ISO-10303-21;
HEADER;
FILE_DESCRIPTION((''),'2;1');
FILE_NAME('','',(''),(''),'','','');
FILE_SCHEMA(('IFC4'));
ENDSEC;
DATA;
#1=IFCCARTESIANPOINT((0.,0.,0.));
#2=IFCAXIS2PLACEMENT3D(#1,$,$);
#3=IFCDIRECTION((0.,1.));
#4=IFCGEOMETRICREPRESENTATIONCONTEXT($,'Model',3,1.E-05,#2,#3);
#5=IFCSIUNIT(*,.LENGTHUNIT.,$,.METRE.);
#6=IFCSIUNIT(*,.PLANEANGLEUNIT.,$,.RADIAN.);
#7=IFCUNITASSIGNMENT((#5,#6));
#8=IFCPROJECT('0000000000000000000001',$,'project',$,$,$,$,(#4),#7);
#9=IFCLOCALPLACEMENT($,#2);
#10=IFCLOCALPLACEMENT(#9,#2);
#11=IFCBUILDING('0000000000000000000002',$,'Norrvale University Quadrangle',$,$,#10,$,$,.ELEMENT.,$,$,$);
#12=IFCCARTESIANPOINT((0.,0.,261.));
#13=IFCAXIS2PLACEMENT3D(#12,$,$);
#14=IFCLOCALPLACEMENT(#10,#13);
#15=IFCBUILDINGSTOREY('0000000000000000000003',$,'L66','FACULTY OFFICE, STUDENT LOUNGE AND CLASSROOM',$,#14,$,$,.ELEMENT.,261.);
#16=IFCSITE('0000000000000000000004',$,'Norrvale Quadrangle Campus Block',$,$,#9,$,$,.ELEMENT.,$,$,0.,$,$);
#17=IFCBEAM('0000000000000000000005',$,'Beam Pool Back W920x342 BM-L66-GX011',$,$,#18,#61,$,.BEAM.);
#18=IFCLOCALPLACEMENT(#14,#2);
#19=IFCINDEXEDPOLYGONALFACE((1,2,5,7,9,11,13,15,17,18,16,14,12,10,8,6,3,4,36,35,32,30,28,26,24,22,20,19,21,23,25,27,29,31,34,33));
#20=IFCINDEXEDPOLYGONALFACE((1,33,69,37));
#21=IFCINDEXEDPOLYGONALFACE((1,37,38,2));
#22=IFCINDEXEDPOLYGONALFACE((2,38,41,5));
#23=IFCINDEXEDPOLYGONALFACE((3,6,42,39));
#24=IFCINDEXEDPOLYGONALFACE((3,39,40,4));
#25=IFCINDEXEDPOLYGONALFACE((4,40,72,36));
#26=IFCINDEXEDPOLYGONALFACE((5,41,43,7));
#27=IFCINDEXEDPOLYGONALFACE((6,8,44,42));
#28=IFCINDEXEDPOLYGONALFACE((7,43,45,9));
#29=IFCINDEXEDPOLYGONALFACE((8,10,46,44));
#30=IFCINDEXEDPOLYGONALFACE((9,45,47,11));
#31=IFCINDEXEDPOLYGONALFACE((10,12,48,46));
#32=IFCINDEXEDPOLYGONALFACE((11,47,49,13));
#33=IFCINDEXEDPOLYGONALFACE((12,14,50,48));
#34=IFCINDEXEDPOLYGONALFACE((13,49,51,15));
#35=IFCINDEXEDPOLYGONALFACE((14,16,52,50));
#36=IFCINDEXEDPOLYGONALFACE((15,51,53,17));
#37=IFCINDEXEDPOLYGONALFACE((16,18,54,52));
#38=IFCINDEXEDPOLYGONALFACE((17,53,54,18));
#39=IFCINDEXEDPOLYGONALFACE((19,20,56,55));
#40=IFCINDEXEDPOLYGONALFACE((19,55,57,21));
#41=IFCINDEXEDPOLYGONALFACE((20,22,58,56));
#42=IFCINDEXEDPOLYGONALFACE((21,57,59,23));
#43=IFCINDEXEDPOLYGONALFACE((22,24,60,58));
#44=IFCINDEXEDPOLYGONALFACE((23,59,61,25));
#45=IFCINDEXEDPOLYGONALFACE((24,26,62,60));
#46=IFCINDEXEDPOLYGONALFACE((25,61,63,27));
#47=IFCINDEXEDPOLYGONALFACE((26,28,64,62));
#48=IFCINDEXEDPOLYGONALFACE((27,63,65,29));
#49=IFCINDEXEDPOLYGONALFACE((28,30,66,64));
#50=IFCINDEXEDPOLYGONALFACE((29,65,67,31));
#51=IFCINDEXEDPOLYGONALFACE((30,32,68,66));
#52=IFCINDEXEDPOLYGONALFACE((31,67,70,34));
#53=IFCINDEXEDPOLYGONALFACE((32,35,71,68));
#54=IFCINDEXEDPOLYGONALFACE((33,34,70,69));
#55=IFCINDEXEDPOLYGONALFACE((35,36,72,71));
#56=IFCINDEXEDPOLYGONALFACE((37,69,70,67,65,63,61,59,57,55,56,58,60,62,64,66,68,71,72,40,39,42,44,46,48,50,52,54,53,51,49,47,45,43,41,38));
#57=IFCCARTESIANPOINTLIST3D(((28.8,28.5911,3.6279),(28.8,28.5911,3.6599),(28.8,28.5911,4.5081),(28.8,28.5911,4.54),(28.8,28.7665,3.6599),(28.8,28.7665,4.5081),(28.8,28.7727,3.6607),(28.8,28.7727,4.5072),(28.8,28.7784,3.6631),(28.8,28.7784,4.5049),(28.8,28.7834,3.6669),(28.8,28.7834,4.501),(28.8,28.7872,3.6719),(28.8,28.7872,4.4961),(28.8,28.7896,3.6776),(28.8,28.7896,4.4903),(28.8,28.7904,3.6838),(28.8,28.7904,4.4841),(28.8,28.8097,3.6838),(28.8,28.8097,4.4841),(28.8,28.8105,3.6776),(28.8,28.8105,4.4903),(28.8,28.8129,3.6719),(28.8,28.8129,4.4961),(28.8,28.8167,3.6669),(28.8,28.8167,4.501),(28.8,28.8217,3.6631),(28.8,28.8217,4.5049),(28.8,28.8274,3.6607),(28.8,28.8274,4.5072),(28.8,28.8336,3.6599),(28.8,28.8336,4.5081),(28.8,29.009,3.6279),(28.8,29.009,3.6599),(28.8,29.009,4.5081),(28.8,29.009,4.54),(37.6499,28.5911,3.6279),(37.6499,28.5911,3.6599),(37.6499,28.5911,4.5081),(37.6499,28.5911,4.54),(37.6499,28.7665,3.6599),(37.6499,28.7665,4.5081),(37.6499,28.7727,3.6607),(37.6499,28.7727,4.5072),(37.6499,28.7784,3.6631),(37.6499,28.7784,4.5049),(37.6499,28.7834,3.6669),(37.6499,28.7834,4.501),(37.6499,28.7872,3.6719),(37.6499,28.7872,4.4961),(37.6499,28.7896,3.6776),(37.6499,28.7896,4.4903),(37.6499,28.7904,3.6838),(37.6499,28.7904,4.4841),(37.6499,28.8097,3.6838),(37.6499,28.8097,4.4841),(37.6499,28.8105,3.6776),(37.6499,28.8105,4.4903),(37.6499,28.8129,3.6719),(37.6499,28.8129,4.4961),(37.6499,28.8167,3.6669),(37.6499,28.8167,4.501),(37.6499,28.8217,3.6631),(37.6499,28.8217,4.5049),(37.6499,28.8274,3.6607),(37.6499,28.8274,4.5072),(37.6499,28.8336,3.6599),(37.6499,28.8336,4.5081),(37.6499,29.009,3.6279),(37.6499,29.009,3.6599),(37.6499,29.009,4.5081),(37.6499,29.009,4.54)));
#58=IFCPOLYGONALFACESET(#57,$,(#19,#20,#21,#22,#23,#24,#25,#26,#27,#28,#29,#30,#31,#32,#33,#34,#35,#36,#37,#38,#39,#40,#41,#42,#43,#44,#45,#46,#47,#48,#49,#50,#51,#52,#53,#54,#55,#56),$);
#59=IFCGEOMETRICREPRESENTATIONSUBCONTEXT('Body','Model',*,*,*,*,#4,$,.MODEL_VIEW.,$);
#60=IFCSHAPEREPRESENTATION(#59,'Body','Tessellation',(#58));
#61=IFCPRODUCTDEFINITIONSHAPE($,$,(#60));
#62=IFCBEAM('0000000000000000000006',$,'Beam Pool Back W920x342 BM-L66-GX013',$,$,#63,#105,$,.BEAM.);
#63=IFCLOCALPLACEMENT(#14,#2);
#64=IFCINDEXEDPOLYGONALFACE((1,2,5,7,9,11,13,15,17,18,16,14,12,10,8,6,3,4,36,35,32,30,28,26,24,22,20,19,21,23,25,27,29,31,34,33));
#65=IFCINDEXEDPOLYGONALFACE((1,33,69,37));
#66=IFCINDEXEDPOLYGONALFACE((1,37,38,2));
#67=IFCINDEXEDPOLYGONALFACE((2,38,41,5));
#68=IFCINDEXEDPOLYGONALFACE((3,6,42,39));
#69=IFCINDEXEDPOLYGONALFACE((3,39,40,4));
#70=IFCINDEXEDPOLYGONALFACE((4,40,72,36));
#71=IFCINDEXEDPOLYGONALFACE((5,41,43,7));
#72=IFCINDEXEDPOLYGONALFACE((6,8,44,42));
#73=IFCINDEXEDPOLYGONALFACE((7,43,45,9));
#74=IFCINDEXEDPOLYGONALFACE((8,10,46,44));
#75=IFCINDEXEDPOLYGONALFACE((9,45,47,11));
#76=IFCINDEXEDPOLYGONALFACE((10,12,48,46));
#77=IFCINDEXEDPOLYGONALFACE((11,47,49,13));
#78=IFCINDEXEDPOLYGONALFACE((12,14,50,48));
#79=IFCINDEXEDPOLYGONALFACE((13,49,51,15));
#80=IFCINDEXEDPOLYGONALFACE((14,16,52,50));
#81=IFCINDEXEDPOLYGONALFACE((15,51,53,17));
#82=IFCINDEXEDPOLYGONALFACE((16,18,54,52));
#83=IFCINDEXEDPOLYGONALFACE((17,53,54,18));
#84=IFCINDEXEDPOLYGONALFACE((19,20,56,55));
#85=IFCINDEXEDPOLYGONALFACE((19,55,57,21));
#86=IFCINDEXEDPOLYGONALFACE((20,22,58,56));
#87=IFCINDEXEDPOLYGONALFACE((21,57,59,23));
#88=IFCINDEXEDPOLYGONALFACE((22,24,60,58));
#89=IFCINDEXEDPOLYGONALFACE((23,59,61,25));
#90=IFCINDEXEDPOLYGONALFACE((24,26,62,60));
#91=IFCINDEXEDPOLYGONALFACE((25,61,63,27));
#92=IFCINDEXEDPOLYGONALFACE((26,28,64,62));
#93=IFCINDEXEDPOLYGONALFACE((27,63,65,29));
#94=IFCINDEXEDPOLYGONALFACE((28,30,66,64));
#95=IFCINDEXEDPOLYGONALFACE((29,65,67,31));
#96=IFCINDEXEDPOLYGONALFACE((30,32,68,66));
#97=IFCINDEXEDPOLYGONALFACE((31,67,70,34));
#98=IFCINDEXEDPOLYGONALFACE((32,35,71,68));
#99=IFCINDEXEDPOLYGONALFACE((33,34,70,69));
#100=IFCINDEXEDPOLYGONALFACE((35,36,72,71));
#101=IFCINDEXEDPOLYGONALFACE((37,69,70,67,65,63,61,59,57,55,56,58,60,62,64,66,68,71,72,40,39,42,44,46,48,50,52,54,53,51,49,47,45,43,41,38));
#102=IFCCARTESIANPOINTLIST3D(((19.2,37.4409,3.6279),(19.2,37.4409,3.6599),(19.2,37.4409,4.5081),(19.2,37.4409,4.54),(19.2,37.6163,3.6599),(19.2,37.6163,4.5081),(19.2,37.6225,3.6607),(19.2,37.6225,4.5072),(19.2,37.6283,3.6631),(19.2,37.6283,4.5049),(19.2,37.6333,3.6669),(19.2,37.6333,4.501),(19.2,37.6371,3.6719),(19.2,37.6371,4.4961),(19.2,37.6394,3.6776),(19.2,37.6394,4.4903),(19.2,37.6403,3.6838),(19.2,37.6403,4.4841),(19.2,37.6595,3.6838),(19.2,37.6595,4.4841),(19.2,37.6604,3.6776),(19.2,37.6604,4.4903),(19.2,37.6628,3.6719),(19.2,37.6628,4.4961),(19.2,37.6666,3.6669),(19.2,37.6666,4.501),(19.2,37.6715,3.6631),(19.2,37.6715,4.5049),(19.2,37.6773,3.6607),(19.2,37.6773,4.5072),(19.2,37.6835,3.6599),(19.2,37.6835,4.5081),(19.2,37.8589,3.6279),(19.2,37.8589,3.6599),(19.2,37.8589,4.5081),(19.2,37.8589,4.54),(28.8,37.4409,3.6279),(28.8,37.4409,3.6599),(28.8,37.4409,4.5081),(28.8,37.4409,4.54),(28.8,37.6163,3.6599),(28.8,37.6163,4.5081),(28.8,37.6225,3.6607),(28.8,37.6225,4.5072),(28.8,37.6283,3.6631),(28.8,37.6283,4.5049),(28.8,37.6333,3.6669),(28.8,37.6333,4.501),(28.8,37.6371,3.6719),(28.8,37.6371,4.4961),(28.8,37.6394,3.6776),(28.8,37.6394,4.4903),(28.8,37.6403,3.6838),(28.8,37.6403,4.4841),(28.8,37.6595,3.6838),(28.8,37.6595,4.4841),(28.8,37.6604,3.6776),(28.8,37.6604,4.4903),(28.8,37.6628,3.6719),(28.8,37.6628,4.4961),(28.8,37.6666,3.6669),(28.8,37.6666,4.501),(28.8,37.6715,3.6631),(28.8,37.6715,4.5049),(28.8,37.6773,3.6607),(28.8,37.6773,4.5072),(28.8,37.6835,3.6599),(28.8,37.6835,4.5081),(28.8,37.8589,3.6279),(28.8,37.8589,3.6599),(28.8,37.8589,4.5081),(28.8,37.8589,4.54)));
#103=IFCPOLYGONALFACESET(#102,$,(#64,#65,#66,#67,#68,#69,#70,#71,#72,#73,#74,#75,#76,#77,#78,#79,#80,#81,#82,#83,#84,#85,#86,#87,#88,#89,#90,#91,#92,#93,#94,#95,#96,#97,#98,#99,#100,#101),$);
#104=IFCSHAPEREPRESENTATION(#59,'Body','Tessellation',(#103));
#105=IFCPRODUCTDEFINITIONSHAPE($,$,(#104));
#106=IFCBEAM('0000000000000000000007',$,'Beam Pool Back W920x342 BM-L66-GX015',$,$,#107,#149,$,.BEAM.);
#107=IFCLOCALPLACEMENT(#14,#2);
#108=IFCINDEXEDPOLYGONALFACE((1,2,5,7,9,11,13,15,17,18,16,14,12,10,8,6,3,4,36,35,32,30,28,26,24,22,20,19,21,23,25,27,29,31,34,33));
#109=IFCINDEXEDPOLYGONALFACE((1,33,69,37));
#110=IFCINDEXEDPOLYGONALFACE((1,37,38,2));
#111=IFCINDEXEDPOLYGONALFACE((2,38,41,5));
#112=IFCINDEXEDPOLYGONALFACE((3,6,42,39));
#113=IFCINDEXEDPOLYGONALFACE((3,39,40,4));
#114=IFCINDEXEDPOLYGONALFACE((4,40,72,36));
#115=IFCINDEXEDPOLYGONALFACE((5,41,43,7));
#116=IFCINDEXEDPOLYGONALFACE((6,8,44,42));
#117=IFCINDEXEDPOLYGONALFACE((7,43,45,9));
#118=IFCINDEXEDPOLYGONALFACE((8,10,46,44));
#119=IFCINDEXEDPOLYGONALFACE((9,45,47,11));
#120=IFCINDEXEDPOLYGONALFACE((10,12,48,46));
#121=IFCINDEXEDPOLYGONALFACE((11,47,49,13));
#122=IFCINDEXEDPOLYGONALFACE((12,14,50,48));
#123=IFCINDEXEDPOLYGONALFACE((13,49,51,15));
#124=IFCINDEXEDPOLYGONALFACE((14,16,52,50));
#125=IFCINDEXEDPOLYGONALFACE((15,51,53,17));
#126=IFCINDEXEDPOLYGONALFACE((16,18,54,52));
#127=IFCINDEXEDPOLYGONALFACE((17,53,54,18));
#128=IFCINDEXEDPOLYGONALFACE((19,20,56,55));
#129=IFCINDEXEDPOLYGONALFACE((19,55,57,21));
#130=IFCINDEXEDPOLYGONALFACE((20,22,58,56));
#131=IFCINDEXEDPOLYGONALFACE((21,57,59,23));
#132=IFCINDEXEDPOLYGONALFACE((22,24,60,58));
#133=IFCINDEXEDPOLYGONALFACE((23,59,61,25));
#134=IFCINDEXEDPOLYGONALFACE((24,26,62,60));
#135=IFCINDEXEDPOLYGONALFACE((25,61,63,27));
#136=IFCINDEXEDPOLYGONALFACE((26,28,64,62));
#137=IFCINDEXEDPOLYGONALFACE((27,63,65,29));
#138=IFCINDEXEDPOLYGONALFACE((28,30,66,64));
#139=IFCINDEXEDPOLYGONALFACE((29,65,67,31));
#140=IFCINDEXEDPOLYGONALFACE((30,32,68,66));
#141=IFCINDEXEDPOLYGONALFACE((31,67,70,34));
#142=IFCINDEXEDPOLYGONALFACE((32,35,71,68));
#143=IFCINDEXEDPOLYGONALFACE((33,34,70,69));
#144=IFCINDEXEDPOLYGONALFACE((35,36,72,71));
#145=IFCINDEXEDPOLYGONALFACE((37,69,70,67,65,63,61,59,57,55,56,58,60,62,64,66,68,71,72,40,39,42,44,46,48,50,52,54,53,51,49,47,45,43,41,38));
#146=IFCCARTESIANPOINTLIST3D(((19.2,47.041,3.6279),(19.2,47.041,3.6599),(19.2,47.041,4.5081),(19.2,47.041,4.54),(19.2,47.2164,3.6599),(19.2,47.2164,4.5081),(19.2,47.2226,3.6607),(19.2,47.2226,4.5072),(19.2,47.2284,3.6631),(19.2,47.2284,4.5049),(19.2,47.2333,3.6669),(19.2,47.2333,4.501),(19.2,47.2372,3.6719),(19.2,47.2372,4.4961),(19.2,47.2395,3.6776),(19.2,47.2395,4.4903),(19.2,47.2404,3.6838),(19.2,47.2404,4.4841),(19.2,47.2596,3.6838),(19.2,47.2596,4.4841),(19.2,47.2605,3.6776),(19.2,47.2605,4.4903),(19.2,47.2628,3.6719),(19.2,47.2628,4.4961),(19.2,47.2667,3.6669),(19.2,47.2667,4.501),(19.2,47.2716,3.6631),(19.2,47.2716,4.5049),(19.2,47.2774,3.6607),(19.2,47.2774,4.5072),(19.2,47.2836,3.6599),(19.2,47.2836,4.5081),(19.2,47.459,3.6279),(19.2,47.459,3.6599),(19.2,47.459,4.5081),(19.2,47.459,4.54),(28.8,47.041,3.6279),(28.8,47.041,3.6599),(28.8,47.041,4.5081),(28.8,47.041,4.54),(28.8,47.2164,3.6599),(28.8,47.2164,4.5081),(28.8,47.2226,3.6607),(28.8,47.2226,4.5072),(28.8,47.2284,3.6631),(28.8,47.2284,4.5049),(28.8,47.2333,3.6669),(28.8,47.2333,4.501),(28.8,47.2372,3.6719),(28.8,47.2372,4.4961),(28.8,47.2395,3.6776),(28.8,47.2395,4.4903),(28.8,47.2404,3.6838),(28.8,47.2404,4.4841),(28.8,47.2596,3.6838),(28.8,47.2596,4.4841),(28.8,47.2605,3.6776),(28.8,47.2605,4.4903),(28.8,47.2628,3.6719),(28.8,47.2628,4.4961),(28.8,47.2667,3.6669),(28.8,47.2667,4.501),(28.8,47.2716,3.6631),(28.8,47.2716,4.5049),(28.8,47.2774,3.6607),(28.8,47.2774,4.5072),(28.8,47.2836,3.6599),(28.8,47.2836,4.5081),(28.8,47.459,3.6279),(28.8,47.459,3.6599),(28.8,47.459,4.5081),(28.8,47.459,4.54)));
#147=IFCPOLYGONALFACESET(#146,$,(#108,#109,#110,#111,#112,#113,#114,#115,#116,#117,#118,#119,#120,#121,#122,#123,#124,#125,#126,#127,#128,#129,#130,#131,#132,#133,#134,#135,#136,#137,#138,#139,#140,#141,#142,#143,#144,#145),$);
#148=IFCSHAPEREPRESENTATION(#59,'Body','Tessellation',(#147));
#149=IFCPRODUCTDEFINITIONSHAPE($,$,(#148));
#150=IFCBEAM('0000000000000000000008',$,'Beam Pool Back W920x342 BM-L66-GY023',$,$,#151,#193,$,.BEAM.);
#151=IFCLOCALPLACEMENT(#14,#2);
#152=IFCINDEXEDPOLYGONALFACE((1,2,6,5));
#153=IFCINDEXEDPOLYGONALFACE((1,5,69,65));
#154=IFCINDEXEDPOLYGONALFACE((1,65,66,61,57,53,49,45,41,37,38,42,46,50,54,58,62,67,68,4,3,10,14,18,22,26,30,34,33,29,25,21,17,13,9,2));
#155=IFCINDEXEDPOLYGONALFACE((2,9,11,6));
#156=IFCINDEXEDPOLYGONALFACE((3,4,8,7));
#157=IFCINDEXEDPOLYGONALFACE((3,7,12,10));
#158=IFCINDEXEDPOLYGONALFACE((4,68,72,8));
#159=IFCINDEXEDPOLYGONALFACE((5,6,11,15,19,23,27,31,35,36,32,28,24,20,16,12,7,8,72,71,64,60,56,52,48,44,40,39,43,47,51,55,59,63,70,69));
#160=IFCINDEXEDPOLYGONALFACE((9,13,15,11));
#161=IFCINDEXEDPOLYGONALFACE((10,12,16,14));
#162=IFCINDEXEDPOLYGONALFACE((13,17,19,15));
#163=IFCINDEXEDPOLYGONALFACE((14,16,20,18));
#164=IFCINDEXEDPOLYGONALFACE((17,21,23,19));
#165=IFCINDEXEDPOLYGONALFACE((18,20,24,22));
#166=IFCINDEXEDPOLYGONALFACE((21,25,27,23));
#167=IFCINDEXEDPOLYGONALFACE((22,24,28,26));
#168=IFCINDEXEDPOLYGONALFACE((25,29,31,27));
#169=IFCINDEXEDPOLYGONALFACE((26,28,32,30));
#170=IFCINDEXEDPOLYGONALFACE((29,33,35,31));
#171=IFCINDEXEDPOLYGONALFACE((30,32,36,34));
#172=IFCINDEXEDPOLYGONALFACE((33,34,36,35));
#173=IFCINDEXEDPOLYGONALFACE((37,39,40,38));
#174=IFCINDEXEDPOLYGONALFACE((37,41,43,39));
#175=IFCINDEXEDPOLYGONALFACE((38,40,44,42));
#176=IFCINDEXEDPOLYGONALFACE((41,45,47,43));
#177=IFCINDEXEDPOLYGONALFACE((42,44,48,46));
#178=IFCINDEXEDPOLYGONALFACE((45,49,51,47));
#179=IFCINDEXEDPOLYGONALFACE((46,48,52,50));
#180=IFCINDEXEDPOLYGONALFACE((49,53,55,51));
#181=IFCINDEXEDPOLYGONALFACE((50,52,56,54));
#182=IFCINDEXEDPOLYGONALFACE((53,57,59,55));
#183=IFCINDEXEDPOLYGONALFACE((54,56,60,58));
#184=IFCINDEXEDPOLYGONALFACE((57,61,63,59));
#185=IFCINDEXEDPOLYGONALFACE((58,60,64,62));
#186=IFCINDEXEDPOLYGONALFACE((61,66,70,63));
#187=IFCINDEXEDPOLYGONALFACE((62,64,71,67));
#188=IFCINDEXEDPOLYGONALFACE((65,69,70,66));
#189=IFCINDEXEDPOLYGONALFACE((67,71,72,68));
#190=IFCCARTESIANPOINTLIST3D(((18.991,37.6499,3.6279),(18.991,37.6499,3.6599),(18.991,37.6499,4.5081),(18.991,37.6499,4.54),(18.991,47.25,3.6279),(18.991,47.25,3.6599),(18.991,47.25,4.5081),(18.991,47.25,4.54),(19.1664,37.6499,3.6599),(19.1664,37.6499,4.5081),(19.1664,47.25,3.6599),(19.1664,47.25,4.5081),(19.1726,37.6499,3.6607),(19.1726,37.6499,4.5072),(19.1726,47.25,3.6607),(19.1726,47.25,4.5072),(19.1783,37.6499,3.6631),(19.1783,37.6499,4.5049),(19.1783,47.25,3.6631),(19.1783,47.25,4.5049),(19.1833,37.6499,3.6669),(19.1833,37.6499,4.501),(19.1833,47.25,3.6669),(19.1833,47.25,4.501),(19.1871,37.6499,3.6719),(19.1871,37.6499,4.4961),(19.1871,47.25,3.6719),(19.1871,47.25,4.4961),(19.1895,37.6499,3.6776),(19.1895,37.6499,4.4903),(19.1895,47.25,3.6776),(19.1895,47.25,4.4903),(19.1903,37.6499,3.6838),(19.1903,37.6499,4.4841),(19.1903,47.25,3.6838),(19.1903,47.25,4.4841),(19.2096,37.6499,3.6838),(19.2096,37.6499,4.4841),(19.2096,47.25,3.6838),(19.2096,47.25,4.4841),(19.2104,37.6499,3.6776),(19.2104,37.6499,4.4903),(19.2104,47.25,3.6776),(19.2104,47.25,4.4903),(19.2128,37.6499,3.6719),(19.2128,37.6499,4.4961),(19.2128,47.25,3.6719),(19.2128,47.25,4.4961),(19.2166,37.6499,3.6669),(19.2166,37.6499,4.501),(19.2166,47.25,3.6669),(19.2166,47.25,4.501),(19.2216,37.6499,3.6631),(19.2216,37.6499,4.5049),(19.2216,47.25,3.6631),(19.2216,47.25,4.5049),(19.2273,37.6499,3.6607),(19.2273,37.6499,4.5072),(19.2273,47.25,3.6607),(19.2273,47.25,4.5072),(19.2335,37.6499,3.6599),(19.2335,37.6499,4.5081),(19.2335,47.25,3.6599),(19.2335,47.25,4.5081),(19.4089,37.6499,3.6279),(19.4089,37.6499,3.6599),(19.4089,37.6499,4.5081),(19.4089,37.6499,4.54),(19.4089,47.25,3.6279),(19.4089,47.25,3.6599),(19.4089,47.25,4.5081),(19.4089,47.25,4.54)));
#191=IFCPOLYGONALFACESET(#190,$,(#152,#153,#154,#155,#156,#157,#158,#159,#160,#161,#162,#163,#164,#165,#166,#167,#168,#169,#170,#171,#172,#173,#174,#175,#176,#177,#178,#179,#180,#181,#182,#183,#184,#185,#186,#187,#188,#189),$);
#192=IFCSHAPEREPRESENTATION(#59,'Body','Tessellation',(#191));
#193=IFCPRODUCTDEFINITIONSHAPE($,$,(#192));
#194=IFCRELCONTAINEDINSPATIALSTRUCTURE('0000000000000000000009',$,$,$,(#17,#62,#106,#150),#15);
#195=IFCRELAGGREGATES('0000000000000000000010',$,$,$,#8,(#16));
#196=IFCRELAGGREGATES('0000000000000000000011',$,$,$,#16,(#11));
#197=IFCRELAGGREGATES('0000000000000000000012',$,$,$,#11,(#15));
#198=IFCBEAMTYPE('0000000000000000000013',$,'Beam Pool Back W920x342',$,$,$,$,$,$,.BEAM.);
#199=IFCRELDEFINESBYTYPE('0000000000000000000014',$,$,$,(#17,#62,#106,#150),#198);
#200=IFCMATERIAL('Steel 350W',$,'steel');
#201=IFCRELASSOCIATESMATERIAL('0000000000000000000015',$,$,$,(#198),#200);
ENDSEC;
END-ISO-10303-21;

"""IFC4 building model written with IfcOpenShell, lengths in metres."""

from ifc_helpers import new_model, si_unit, direction, frame, origin, origin_2d, place, context, subcontext, project, spatial, i_section, extrude, material, material_profile, profile_set, type_object, element, save


model = new_model("IFC4")

# Units and contexts
model_context = context("Model", 3, precision=1e-05, world=origin(), true_north=direction((0.0, 1.0)))
body_context = subcontext(model_context, "Body", "Model", "MODEL_VIEW")
ifc_project = project(units=[si_unit("LENGTHUNIT", "METRE"), si_unit("PLANEANGLEUNIT", "RADIAN")], contexts=[model_context])

# Site, building, storey
site_placement = place(None, origin())
site = spatial("IfcSite", under=ifc_project, at=site_placement, Name="Norrvale Quadrangle Campus Block", CompositionType="ELEMENT", RefElevation=0.0)
building_placement = place(site_placement, origin())
building = spatial("IfcBuilding", under=site, at=building_placement, Name="Norrvale University Quadrangle", CompositionType="ELEMENT")
storey_placement = place(building_placement, frame((0.0, 0.0, 261.0)))
storey = spatial("IfcBuildingStorey", under=building, at=storey_placement, Name="L66", Description="FACULTY OFFICE, STUDENT LOUNGE AND CLASSROOM", CompositionType="ELEMENT", Elevation=261.0)

# Beams
ifc_material_1 = material(Name="Steel 350W", Category="steel")
ifc_material_profile_1 = material_profile(ifc_material_1, i_section(OverallWidth=0.418, OverallDepth=0.9121, WebThickness=0.0193, FlangeThickness=0.032, FilletRadius=0.0239, at=origin_2d()), Name="Steel 350W")
ifc_profile_set_1 = profile_set([ifc_material_profile_1], Name="Steel 350W")
beam_type_1 = type_object("IfcBeamType", Name="Beam Pool Back W920x342", PredefinedType="BEAM", material=ifc_profile_set_1)
beam_1_placement = place(storey_placement, frame((28.8, 28.8, 4.084), z_axis=(1.0, 0.0, 0.0), x_axis=(0.0, 1.0, 0.0)))
element("IfcBeam", 1, at=beam_1_placement, inside=storey, type_object=beam_type_1, Name="Beam Pool Back W920x342 BM-L66-GX011", PredefinedType="BEAM", context=body_context, shape_type="SweptSolid", body=[
    extrude(i_section(OverallWidth=0.418, OverallDepth=0.9121, WebThickness=0.0193, FlangeThickness=0.032, FilletRadius=0.0239, at=origin_2d()), origin(), (0.0, 0.0, 1.0), 8.8499),
])
for number, where, z_axis, x_axis, name in (
    (2, (19.2, 37.6499, 4.084), (1.0, 0.0, 0.0), (0.0, 1.0, 0.0), "Beam Pool Back W920x342 BM-L66-GX013"),
    (3, (19.2, 47.25, 4.084), (1.0, 0.0, 0.0), (0.0, 1.0, 0.0), "Beam Pool Back W920x342 BM-L66-GX015"),
    (4, (19.2, 37.6499, 4.084), (0.0, 1.0, 0.0), (-1.0, 0.0, 0.0), "Beam Pool Back W920x342 BM-L66-GY023"),
):
    element("IfcBeam", number, at=place(storey_placement, frame(where, z_axis=z_axis, x_axis=x_axis)), inside=storey, type_object=beam_type_1, Name=name, PredefinedType="BEAM", context=body_context, shape_type="SweptSolid", body=[
        extrude(i_section(OverallWidth=0.418, OverallDepth=0.9121, WebThickness=0.0193, FlangeThickness=0.032, FilletRadius=0.0239, at=origin_2d()), origin(), (0.0, 0.0, 1.0), 9.6001),
    ])

save(model, "model.ifc")
